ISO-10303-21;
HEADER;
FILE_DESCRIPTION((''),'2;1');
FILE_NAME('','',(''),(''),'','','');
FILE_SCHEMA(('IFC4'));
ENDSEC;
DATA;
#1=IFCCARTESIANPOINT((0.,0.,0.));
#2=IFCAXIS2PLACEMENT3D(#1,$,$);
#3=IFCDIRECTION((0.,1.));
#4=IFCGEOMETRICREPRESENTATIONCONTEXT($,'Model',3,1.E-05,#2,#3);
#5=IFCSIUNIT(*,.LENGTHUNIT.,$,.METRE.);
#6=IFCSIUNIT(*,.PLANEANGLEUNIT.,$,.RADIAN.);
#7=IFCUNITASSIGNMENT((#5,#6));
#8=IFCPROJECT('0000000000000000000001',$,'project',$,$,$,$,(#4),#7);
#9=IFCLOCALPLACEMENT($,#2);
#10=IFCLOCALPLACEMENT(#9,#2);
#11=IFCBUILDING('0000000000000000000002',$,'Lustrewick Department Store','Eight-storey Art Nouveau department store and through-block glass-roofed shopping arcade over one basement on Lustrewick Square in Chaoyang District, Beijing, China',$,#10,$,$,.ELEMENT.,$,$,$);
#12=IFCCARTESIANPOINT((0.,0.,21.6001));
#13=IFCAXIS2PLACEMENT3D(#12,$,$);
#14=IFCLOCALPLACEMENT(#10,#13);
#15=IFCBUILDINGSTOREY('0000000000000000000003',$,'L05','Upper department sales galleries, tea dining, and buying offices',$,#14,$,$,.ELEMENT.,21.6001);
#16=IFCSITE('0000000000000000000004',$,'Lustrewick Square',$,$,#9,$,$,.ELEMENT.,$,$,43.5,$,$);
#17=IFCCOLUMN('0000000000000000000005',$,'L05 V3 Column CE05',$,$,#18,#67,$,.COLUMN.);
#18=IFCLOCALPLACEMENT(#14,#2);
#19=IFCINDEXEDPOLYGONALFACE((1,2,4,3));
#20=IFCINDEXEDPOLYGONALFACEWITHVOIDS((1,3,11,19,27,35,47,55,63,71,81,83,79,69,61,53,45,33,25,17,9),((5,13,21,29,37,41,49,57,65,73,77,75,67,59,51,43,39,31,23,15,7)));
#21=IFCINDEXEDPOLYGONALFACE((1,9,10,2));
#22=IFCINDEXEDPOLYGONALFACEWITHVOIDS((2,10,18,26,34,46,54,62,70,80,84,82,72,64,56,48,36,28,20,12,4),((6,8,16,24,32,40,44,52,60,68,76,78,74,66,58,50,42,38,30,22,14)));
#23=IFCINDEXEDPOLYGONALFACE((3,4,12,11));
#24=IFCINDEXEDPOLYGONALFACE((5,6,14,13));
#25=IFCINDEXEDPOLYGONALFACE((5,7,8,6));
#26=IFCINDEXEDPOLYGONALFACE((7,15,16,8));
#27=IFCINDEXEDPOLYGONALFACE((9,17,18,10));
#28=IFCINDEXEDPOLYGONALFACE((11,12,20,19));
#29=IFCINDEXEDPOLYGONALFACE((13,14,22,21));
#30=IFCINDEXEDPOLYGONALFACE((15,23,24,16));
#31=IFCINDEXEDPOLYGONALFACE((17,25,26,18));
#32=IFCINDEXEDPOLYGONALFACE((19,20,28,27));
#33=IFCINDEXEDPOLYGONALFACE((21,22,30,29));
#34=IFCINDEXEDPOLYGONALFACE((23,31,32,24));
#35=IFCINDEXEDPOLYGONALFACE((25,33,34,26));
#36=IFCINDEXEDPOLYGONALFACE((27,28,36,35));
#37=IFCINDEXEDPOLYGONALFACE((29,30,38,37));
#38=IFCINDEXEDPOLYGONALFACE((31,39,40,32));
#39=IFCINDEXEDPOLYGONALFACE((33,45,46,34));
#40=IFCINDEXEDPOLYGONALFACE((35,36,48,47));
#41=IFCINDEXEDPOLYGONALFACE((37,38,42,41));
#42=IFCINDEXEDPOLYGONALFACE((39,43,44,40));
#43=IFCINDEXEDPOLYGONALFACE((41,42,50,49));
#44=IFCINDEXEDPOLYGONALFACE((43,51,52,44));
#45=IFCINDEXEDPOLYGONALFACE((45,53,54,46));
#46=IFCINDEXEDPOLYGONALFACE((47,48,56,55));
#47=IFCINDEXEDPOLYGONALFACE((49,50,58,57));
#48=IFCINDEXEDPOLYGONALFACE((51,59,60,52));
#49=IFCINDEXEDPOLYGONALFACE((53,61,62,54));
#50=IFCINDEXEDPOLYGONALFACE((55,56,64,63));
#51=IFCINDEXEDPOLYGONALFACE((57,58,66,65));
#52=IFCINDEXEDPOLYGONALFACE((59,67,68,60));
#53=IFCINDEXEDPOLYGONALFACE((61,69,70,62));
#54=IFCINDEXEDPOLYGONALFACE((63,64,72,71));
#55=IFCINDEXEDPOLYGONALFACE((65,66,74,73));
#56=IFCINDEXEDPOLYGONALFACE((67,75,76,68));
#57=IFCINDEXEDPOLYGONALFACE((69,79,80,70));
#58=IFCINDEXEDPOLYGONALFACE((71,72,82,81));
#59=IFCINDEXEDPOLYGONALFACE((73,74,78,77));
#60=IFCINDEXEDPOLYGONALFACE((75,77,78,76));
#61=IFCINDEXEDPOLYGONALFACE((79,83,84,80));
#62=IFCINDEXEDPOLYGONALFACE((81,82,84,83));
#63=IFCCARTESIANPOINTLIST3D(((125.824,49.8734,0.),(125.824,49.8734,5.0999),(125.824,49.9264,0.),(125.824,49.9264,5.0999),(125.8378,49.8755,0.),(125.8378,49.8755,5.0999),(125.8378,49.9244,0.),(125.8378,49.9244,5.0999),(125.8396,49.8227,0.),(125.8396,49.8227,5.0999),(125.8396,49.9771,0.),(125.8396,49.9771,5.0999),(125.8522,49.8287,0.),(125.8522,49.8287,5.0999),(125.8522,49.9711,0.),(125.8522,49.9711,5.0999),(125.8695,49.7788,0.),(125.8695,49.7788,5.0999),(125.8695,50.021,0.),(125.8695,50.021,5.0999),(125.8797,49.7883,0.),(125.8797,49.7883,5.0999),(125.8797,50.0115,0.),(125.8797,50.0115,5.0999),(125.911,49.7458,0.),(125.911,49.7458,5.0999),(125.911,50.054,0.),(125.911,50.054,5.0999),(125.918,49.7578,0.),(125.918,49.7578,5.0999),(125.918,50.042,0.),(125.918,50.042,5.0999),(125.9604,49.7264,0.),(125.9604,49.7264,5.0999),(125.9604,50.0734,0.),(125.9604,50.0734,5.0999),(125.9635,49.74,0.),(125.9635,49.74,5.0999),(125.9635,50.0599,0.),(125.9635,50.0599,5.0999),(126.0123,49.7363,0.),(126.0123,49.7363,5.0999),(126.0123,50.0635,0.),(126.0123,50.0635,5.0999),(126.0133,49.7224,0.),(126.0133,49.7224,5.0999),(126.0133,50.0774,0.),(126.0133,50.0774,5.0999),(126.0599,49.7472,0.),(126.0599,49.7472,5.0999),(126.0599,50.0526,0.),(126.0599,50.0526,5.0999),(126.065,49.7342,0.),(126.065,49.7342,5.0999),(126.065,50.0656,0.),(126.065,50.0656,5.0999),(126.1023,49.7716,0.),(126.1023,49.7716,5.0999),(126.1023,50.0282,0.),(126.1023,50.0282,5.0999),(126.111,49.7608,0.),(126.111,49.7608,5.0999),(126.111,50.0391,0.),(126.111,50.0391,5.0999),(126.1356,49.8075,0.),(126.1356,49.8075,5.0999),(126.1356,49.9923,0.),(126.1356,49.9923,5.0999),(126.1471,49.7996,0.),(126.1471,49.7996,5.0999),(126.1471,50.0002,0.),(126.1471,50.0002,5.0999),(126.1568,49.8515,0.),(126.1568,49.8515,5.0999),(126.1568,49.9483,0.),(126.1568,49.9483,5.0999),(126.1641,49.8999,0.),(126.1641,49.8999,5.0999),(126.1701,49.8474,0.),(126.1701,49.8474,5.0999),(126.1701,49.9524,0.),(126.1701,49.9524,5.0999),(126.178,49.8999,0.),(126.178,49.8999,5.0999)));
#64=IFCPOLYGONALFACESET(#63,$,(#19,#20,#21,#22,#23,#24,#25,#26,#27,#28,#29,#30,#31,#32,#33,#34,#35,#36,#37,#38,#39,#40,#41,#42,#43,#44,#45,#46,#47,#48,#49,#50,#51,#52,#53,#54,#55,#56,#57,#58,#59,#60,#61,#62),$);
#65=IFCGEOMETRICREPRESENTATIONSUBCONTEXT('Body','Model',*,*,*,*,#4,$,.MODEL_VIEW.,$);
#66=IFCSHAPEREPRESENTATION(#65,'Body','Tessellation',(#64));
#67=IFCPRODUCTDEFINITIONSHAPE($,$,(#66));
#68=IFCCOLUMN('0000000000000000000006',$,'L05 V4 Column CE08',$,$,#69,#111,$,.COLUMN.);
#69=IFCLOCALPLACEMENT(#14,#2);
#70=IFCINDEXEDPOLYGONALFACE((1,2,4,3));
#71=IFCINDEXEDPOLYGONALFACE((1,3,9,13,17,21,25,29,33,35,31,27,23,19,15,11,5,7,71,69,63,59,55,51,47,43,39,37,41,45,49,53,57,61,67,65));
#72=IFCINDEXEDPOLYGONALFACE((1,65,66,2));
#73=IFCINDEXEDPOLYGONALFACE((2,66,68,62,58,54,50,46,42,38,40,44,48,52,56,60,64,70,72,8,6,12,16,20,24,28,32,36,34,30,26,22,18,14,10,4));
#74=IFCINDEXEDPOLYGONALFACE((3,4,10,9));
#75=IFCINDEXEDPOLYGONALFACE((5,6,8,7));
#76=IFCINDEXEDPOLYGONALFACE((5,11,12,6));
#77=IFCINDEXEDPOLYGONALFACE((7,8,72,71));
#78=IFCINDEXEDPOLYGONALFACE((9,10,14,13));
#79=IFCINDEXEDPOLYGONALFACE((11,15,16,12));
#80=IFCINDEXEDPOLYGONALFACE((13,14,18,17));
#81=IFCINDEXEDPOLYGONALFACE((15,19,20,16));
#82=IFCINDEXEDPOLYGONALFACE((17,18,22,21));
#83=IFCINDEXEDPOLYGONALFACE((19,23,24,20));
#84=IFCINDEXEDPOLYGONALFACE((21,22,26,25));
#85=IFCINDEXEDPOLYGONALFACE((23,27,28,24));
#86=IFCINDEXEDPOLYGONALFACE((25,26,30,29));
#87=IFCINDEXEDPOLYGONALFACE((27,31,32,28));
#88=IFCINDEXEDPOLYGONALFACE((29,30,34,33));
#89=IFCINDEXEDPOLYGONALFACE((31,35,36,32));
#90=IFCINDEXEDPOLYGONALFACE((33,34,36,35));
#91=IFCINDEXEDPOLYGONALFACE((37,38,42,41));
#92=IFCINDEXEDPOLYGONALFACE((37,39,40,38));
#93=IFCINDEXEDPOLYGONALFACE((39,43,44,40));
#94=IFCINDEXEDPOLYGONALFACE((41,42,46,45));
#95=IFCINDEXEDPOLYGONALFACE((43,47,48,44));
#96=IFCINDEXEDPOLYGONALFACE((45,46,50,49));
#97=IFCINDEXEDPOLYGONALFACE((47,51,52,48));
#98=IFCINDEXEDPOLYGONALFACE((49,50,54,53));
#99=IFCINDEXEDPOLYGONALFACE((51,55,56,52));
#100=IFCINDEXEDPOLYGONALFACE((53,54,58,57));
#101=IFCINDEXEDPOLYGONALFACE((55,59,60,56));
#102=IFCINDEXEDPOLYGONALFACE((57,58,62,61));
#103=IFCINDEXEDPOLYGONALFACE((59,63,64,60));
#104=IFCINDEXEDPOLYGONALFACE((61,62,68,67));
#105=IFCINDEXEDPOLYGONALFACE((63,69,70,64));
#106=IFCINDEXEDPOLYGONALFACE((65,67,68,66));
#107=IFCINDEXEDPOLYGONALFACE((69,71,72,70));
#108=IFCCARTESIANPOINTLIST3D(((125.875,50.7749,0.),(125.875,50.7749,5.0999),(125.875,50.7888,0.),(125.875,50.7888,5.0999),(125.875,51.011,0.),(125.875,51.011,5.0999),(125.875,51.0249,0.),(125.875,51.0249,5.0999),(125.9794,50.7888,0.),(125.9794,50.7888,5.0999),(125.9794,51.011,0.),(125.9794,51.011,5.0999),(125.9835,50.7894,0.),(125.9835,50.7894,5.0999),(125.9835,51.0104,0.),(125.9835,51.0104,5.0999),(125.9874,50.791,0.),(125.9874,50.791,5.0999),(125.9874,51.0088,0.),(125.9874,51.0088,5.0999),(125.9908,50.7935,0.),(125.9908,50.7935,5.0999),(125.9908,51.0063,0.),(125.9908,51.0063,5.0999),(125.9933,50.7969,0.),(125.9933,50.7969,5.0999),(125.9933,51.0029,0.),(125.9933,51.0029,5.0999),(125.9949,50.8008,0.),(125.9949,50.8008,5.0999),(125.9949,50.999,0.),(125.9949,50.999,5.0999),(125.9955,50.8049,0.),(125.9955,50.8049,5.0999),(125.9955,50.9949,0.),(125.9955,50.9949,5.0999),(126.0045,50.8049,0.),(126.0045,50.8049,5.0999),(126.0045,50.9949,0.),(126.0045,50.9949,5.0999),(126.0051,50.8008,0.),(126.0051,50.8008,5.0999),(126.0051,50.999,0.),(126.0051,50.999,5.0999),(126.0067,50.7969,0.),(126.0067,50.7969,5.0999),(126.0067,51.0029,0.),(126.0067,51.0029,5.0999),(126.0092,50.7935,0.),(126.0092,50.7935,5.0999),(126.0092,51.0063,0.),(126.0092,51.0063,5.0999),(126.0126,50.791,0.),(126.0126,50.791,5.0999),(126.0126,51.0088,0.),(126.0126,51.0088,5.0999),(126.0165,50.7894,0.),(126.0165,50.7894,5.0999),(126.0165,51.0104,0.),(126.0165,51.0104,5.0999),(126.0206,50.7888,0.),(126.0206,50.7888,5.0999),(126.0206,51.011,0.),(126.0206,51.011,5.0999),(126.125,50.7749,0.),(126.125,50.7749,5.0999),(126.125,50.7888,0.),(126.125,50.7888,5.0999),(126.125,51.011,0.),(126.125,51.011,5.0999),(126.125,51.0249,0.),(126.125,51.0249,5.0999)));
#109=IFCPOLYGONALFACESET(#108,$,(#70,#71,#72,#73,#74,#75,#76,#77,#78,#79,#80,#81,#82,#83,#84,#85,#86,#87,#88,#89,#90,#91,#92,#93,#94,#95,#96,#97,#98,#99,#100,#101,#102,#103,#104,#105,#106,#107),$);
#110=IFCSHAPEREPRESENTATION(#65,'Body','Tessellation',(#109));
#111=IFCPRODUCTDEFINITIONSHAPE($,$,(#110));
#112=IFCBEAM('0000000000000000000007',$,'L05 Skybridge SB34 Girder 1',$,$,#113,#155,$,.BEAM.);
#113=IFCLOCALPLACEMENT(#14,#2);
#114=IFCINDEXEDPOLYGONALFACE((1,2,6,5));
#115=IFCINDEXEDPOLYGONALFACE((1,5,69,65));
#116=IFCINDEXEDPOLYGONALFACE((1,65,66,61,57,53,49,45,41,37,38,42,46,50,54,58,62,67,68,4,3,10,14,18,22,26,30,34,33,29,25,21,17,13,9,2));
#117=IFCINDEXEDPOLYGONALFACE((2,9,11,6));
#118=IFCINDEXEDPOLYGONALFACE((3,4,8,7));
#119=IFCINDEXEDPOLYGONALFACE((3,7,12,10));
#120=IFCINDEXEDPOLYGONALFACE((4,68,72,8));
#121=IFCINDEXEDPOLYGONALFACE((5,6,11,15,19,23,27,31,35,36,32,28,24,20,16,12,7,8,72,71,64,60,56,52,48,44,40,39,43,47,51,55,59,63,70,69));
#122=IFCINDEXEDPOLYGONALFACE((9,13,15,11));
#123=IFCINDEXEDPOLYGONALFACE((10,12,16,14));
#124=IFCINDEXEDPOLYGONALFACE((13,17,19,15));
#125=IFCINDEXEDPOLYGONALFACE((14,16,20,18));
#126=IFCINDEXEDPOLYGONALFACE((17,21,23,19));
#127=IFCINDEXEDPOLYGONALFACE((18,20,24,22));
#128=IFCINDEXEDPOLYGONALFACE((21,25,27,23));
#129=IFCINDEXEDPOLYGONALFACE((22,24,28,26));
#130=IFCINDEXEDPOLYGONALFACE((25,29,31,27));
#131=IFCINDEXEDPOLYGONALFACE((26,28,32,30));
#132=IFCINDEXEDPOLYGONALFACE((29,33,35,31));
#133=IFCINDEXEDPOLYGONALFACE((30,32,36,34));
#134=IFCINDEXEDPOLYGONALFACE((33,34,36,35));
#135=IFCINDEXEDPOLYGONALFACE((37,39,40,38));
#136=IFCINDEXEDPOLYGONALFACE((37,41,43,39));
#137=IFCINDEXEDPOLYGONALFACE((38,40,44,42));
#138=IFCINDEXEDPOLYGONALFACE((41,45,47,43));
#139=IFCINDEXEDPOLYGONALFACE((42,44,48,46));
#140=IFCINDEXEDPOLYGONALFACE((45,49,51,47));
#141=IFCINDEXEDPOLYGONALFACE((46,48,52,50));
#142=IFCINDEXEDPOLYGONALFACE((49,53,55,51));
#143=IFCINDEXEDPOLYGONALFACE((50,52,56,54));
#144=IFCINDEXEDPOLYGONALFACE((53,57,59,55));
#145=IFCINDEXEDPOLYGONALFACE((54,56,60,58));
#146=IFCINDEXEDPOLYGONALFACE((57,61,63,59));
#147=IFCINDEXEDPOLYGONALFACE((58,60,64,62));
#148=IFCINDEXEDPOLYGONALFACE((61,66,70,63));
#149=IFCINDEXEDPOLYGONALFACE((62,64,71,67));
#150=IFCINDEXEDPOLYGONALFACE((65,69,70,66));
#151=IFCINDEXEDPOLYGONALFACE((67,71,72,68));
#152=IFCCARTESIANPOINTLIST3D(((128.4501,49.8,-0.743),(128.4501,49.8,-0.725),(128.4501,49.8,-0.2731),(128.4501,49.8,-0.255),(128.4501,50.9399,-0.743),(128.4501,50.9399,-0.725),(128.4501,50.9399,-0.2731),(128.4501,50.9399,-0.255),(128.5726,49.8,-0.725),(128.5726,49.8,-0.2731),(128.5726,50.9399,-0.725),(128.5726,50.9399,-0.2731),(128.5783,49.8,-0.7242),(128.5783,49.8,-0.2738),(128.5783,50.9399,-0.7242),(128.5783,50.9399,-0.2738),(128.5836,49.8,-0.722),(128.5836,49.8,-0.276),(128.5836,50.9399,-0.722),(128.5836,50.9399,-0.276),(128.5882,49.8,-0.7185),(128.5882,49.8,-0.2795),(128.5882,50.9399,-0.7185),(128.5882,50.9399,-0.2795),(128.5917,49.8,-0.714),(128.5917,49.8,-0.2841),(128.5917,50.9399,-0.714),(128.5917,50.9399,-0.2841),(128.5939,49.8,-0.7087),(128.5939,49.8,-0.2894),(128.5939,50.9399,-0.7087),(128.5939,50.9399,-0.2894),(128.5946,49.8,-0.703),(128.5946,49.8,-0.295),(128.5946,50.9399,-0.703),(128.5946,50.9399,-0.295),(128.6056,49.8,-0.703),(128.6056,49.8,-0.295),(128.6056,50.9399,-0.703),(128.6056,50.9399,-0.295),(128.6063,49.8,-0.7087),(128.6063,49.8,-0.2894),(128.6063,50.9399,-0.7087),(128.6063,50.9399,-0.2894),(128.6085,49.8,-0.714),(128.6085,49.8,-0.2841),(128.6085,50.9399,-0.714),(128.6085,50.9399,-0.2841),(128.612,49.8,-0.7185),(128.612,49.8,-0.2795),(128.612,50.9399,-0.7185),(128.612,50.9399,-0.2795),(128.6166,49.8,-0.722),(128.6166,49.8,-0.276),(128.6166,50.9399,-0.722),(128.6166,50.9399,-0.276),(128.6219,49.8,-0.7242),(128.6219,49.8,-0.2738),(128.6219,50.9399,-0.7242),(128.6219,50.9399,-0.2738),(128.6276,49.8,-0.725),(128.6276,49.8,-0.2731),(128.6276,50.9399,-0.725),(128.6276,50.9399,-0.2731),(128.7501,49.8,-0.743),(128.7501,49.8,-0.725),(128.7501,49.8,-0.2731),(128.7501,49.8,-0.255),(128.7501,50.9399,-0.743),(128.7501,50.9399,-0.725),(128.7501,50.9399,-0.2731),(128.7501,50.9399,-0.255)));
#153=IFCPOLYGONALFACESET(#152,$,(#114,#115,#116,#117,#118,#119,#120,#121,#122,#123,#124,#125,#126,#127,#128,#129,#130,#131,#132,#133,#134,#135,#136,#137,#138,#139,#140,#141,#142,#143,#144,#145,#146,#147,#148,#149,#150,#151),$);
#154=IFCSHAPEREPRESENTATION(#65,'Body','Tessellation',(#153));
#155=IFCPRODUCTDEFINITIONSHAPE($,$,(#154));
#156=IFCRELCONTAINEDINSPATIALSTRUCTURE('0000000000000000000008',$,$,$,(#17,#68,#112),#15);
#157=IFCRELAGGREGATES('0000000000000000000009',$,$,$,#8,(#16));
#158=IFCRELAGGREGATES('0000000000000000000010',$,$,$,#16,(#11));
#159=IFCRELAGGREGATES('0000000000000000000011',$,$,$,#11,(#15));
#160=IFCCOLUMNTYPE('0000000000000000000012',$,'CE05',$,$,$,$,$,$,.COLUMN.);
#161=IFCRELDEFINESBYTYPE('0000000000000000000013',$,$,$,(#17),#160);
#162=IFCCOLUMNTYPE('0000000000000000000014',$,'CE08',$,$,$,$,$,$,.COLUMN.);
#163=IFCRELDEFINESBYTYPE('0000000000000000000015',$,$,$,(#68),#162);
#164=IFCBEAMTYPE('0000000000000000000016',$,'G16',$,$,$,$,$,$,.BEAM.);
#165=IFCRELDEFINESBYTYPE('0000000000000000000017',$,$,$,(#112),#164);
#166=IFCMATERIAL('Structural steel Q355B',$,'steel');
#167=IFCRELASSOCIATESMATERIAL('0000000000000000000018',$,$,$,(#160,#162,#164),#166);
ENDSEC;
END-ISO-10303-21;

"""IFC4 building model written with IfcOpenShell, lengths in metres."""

from ifc_helpers import new_model, si_unit, direction, frame, origin, origin_2d, place, context, subcontext, project, spatial, hollow_circle, i_section, extrude, material, material_profile, profile_set, type_object, element, save


model = new_model("IFC4")

# Units and contexts
model_context = context("Model", 3, precision=1e-05, world=origin(), true_north=direction((0.0, 1.0)))
body_context = subcontext(model_context, "Body", "Model", "MODEL_VIEW")
ifc_project = project(units=[si_unit("LENGTHUNIT", "METRE"), si_unit("PLANEANGLEUNIT", "RADIAN")], contexts=[model_context])

# Site, building, storey
site_placement = place(None, origin())
site = spatial("IfcSite", under=ifc_project, at=site_placement, Name="Lustrewick Square", CompositionType="ELEMENT", RefElevation=43.5)
building_placement = place(site_placement, origin())
building = spatial("IfcBuilding", under=site, at=building_placement, Name="Lustrewick Department Store", Description="Eight-storey Art Nouveau department store and through-block glass-roofed shopping arcade over one basement on Lustrewick Square in Chaoyang District, Beijing, China", CompositionType="ELEMENT")
storey_placement = place(building_placement, frame((0.0, 0.0, 21.6001)))
storey = spatial("IfcBuildingStorey", under=building, at=storey_placement, Name="L05", Description="Upper department sales galleries, tea dining, and buying offices", CompositionType="ELEMENT", Elevation=21.6001)

# Columns
ifc_material_1 = material(Name="Structural steel Q355B", Category="steel")
ifc_material_profile_1 = material_profile(ifc_material_1, hollow_circle(Radius=0.178, WallThickness=0.0139, at=origin_2d()), Name="CHS 356x14")
ifc_profile_set_1 = profile_set([ifc_material_profile_1], Name="Structural steel Q355B")
column_type_1 = type_object("IfcColumnType", Name="CE05", PredefinedType="COLUMN", material=ifc_profile_set_1)
column_1_placement = place(storey_placement, frame((126.0, 49.8999, 0.0), z_axis=(0.0, 0.0, 1.0), x_axis=(1.0, 0.0, 0.0)))
element("IfcColumn", 1, at=column_1_placement, inside=storey, type_object=column_type_1, Name="L05 V3 Column CE05", PredefinedType="COLUMN", context=body_context, shape_type="SweptSolid", body=[
    extrude(hollow_circle(Radius=0.178, WallThickness=0.0139, at=origin_2d()), origin(), (0.0, 0.0, 1.0), 5.0999),
])
ifc_material_profile_2 = material_profile(ifc_material_1, i_section(OverallWidth=0.25, OverallDepth=0.25, WebThickness=0.009, FlangeThickness=0.0139, FilletRadius=0.0161, at=origin_2d()), Name="HW 250x250x9x14")
ifc_profile_set_2 = profile_set([ifc_material_profile_2], Name="Structural steel Q355B")
column_type_2 = type_object("IfcColumnType", Name="CE08", PredefinedType="COLUMN", material=ifc_profile_set_2)
column_2_placement = place(storey_placement, frame((126.0, 50.8999, 0.0), z_axis=(0.0, 0.0, 1.0), x_axis=(1.0, 0.0, 0.0)))
element("IfcColumn", 2, at=column_2_placement, inside=storey, type_object=column_type_2, Name="L05 V4 Column CE08", PredefinedType="COLUMN", context=body_context, shape_type="SweptSolid", body=[
    extrude(i_section(OverallWidth=0.25, OverallDepth=0.25, WebThickness=0.009, FlangeThickness=0.0139, FilletRadius=0.0161, at=origin_2d()), origin(), (0.0, 0.0, 1.0), 5.0999),
])

# Beam
ifc_material_profile_3 = material_profile(ifc_material_1, i_section(OverallWidth=0.3, OverallDepth=0.488, WebThickness=0.011, FlangeThickness=0.0181, FilletRadius=0.022, at=origin_2d()), Name="HM 488x300x11x18")
ifc_profile_set_3 = profile_set([ifc_material_profile_3], Name="Structural steel Q355B")
beam_type_1 = type_object("IfcBeamType", Name="G16", PredefinedType="BEAM", material=ifc_profile_set_3)
beam_1_placement = place(storey_placement, frame((128.6001, 49.8, -0.499), z_axis=(0.0, 1.0, 0.0), x_axis=(-1.0, 0.0, 0.0)))
element("IfcBeam", 3, at=beam_1_placement, inside=storey, type_object=beam_type_1, Name="L05 Skybridge SB34 Girder 1", PredefinedType="BEAM", context=body_context, shape_type="SweptSolid", body=[
    extrude(i_section(OverallWidth=0.3, OverallDepth=0.488, WebThickness=0.011, FlangeThickness=0.0181, FilletRadius=0.022, at=origin_2d()), origin(), (0.0, 0.0, 1.0), 1.1399),
])

save(model, "model.ifc")
